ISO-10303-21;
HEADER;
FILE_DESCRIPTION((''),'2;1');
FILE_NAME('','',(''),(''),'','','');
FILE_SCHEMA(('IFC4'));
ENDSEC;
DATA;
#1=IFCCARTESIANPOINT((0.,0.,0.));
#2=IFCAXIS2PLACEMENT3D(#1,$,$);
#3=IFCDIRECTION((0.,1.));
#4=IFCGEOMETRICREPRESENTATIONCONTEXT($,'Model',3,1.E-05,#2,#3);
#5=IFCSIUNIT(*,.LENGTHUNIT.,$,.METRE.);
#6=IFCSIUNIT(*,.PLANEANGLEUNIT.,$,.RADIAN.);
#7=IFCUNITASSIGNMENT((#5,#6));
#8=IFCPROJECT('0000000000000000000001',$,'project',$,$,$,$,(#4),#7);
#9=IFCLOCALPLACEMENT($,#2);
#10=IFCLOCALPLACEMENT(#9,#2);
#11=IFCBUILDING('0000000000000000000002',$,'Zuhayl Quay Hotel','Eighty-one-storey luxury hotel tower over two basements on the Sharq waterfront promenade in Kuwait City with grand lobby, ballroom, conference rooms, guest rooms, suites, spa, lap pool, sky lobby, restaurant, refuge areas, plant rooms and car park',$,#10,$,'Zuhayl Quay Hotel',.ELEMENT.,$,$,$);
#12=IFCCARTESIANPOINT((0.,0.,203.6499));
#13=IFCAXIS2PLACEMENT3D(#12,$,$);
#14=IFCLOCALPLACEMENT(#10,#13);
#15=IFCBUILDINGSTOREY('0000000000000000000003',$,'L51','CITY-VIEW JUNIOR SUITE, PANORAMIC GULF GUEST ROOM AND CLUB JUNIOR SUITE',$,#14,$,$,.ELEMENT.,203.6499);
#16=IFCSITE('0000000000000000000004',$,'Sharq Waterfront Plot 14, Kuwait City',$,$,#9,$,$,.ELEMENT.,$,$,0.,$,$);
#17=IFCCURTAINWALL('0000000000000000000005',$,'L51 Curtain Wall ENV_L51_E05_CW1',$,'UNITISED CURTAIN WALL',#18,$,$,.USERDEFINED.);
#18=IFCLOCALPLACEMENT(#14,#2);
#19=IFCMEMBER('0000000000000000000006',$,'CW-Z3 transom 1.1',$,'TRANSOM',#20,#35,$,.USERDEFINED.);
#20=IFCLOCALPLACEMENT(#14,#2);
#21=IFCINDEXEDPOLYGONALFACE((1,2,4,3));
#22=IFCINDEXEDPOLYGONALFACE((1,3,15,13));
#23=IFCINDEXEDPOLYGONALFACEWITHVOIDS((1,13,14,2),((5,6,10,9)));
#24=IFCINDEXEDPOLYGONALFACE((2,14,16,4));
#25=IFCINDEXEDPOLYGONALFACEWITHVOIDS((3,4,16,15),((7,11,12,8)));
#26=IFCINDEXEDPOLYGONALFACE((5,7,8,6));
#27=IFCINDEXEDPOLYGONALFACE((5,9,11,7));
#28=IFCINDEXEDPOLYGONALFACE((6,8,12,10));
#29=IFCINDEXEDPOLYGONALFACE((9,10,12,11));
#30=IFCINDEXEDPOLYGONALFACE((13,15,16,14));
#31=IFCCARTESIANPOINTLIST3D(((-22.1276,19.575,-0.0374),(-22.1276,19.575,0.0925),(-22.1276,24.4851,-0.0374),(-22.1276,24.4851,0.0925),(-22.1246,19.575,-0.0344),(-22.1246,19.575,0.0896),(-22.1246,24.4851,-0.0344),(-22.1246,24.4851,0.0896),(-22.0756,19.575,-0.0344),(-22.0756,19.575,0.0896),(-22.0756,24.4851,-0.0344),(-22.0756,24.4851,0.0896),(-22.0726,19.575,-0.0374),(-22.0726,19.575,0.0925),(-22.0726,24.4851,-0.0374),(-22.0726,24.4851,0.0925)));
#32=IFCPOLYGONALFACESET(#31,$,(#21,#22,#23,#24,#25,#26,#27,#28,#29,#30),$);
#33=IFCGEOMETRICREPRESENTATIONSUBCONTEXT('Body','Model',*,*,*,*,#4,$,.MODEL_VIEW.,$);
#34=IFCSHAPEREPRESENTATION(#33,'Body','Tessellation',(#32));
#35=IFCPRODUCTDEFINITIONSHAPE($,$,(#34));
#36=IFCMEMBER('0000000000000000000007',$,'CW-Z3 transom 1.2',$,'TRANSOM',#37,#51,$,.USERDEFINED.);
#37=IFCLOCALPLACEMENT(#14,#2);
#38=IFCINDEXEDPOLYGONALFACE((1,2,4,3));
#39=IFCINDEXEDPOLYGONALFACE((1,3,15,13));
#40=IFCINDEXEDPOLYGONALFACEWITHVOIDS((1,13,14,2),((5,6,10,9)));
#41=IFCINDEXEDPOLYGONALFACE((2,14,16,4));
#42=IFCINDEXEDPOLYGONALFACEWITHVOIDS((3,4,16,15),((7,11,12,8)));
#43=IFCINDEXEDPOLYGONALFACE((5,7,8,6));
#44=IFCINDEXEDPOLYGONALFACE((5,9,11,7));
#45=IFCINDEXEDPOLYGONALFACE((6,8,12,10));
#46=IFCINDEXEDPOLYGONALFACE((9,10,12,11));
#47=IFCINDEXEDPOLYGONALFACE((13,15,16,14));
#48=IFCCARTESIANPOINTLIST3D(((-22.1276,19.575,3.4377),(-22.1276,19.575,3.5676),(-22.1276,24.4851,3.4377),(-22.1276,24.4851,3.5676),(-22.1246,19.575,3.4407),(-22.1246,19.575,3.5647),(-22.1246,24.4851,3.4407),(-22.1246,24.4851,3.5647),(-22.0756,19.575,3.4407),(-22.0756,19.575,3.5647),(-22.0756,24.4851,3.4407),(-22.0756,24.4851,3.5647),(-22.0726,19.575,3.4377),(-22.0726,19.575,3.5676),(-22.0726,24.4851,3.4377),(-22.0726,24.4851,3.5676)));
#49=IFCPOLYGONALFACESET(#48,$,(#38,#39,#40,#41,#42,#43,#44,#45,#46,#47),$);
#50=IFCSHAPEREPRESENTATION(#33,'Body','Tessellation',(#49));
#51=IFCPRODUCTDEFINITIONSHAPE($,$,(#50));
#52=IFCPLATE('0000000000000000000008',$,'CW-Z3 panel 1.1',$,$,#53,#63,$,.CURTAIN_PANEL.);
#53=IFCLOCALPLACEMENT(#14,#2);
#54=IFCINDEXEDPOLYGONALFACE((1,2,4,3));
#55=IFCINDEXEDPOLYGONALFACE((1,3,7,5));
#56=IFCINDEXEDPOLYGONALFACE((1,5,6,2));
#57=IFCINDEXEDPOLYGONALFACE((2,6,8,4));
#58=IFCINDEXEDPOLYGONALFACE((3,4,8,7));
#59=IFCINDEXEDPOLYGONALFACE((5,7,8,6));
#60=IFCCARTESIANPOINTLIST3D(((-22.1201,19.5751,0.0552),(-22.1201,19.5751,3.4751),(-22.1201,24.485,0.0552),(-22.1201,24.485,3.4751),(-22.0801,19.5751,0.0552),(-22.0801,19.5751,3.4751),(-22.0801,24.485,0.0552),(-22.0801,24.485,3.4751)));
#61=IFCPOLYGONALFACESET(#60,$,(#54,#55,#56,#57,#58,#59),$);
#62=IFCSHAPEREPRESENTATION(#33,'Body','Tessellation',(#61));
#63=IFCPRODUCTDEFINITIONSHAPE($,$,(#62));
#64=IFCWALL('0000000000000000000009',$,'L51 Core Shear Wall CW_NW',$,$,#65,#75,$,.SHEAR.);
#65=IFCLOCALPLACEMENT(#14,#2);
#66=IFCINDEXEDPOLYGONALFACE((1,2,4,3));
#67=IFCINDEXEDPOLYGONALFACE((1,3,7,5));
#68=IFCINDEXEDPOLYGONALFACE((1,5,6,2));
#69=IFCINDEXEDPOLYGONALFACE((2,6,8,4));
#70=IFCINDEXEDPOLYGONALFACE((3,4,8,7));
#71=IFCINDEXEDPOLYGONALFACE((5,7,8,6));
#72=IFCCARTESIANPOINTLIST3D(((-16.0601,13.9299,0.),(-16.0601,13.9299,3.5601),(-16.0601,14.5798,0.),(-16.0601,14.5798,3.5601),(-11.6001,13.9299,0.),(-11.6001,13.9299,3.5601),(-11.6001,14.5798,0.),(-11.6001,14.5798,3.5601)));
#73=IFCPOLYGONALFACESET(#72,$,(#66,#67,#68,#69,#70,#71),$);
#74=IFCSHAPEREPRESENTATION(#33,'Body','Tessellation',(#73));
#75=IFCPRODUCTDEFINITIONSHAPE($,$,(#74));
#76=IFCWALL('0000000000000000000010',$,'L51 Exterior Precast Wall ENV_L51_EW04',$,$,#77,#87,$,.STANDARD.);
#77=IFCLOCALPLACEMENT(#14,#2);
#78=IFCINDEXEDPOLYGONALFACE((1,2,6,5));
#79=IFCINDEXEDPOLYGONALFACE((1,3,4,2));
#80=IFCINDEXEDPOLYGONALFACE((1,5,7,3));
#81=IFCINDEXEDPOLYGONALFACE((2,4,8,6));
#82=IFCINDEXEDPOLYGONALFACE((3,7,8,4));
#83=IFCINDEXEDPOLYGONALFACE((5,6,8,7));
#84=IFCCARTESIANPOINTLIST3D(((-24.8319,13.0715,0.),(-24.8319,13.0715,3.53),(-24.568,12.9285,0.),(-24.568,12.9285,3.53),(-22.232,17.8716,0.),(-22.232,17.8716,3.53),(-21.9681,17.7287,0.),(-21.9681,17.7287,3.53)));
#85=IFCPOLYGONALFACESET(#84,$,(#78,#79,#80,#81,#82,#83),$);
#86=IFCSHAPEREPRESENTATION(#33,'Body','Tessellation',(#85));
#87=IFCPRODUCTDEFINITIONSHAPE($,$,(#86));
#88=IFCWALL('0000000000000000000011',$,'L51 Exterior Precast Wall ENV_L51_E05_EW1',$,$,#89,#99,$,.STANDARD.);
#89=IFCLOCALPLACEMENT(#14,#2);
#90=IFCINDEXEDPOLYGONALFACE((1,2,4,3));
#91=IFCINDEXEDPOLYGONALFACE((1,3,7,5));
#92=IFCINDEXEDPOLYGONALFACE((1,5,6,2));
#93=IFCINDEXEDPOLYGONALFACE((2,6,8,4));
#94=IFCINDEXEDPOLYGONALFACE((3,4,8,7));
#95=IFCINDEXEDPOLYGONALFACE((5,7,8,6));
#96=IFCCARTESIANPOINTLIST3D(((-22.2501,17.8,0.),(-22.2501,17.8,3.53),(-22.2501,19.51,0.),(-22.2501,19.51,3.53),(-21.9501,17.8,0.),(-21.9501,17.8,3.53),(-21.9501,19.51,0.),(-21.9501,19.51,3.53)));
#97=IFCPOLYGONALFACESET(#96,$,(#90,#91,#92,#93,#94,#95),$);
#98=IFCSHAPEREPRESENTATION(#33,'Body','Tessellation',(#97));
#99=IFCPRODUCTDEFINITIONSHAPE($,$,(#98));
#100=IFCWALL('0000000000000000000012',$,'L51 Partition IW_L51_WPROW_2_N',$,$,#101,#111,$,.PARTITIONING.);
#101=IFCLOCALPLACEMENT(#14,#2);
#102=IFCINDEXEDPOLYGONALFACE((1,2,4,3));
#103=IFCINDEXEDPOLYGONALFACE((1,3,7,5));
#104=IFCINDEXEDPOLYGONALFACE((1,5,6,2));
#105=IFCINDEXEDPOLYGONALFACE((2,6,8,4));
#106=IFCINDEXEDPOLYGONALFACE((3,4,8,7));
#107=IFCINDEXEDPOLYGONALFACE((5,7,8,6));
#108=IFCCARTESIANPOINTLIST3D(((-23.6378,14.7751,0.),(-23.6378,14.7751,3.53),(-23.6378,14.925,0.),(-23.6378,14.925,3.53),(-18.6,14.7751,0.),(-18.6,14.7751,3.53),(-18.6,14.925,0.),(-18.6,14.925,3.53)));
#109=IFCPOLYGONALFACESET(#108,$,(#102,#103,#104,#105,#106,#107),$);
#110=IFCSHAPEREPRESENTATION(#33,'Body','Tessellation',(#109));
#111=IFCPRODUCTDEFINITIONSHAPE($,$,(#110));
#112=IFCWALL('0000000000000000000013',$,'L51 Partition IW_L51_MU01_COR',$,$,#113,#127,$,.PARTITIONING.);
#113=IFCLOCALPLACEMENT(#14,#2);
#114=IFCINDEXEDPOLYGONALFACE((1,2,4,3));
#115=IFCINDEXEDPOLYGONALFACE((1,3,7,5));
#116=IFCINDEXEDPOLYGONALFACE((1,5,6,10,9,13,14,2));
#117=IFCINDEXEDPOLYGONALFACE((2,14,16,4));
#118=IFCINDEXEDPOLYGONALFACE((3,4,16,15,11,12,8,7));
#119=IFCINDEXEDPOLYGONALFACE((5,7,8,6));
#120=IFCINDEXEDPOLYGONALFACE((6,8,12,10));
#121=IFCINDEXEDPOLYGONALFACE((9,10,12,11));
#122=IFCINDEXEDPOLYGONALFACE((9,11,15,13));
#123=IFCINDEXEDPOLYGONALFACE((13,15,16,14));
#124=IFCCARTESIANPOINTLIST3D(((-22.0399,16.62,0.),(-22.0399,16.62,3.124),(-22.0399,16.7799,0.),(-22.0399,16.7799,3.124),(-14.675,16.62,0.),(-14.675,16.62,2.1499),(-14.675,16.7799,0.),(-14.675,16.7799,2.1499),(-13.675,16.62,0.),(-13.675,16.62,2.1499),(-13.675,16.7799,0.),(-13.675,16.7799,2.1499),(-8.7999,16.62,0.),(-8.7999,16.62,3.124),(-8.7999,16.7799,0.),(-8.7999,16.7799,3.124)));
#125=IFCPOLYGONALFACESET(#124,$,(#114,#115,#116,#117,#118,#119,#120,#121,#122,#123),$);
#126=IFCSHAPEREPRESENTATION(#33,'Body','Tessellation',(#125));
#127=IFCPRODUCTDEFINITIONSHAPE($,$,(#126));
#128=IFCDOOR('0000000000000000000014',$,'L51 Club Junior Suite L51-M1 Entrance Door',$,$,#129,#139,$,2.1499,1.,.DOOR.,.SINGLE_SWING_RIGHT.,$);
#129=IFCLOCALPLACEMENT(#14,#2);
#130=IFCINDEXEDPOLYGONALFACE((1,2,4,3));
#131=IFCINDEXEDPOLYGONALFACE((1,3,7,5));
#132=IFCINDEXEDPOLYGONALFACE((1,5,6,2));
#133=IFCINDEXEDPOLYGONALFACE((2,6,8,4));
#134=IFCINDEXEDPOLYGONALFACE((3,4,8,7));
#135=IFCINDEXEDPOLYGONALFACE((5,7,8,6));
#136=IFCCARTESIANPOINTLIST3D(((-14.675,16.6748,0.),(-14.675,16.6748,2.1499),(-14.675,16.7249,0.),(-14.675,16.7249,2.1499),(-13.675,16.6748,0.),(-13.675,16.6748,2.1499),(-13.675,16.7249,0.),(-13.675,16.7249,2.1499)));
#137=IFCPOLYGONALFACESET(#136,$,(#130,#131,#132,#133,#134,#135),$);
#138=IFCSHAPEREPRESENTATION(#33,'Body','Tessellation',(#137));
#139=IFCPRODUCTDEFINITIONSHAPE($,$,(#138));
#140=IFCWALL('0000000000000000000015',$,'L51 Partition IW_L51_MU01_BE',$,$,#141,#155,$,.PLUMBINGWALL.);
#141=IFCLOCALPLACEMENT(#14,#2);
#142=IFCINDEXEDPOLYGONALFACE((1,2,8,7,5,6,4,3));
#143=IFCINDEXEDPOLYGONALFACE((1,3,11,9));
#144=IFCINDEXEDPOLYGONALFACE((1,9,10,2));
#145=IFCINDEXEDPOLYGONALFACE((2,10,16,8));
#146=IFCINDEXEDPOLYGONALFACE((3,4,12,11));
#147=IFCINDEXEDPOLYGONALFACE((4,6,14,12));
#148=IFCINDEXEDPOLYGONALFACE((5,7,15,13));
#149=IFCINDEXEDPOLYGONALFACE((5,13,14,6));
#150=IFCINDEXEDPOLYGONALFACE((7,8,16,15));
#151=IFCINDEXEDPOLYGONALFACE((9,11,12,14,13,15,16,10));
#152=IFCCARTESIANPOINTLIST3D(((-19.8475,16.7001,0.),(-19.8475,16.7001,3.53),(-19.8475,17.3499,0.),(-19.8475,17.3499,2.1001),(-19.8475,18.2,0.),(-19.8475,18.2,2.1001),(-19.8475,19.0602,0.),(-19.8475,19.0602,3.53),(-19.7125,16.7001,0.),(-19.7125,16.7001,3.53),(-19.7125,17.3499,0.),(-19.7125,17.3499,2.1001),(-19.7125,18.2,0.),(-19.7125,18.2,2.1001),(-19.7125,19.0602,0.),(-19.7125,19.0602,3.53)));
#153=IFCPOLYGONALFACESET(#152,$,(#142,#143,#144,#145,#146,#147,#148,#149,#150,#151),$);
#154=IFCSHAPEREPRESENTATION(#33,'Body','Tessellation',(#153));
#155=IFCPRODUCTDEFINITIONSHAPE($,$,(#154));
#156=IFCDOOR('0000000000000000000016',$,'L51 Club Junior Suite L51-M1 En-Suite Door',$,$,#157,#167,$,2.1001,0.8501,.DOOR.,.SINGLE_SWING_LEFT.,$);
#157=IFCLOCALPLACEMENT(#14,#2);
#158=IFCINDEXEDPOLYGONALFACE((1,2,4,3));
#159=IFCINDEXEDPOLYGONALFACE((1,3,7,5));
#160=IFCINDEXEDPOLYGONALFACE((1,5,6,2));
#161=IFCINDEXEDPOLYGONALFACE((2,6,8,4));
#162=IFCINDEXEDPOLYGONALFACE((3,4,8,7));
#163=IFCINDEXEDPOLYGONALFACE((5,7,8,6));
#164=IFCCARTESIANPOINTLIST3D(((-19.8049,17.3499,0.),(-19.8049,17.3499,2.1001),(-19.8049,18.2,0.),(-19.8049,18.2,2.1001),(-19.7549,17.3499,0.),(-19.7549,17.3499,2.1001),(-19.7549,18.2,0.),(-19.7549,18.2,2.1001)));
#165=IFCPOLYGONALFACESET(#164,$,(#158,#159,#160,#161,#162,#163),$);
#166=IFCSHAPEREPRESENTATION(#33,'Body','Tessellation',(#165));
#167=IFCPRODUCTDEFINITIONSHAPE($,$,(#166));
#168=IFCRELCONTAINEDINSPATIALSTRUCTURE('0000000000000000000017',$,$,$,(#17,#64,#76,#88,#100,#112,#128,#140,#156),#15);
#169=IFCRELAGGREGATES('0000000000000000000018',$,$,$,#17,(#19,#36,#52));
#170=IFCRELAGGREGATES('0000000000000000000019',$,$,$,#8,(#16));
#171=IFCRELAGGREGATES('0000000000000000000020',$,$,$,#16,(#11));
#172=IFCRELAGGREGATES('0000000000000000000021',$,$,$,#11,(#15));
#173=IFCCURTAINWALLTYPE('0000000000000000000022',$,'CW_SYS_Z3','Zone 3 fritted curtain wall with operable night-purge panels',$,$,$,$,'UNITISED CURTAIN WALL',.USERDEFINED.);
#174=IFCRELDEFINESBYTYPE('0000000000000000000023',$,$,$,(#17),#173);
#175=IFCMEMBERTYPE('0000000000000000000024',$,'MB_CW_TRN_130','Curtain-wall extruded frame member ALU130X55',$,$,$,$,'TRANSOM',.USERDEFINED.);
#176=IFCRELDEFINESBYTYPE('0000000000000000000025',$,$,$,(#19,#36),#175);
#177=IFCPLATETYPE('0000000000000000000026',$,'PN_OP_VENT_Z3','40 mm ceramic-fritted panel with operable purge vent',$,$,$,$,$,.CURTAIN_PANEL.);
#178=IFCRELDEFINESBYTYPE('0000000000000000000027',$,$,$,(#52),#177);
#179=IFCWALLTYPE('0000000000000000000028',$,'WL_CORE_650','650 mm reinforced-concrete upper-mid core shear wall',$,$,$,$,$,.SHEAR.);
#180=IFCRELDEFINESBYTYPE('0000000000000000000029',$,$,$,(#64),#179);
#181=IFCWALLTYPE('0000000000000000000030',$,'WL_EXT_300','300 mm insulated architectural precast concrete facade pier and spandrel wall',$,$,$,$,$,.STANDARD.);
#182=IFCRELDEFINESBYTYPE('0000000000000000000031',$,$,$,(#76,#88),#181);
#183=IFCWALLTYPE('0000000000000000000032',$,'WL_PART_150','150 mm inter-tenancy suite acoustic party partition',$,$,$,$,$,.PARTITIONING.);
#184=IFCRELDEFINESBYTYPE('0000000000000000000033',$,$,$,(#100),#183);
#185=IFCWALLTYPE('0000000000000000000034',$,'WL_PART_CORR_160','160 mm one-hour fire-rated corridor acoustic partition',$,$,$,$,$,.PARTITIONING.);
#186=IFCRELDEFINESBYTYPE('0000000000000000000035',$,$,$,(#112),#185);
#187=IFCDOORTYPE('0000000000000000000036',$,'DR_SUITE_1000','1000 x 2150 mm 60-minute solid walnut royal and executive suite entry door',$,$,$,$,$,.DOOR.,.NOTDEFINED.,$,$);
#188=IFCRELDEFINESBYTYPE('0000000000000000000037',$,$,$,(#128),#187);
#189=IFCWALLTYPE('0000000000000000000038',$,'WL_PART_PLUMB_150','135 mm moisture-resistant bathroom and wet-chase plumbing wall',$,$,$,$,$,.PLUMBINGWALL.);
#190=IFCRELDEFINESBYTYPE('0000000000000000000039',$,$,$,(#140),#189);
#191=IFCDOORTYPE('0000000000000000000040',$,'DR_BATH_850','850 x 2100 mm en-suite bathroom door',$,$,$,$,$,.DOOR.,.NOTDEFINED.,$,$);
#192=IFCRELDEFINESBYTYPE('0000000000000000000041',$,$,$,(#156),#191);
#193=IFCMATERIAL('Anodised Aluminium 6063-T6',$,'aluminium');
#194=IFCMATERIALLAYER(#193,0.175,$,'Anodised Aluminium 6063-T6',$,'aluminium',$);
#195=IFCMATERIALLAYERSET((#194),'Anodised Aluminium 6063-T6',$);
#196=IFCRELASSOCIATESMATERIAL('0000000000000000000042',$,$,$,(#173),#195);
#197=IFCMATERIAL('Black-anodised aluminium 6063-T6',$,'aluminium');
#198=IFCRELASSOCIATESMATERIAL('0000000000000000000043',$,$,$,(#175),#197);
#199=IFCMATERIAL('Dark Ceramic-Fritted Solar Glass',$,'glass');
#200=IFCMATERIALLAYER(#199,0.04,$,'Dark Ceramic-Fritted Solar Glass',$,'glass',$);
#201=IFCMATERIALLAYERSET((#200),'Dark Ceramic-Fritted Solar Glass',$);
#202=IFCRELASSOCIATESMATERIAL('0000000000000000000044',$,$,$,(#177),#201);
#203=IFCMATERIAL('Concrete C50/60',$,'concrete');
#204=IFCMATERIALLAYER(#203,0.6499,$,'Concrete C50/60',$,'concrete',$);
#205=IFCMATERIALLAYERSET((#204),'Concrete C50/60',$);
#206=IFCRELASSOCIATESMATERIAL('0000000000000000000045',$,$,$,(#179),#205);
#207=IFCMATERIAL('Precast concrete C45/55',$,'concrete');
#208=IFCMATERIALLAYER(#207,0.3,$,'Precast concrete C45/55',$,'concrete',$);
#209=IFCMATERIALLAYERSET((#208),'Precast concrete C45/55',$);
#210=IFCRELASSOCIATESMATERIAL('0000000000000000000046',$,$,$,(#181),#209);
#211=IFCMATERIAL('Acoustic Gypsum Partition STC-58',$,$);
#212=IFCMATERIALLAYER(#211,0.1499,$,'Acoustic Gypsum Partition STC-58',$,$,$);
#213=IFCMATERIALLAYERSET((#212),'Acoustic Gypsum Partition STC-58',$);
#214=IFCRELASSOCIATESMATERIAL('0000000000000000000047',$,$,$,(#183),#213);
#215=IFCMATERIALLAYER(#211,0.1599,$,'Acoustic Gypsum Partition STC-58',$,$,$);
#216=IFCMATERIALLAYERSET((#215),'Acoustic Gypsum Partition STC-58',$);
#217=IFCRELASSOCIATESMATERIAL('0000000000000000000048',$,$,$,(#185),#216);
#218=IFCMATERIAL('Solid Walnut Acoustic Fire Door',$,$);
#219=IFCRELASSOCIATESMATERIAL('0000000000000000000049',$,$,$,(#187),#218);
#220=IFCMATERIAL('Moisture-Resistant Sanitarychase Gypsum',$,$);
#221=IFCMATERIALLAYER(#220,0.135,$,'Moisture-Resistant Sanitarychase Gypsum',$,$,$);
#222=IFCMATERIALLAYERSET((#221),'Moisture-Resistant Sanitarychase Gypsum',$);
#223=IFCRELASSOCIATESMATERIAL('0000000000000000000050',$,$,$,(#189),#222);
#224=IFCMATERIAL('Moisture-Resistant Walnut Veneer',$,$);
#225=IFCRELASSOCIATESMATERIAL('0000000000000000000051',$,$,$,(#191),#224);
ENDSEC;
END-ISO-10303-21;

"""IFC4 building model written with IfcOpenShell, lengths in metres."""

from ifc_helpers import new_model, si_unit, direction, frame, frame_2d, origin, origin_2d, place, context, subcontext, project, spatial, rectangle, hollow_rectangle, extrude, material, layer, layer_set, material_profile, profile_set, type_object, element, fill, aggregate, save


model = new_model("IFC4")

# Units and contexts
model_context = context("Model", 3, precision=1e-05, world=origin(), true_north=direction((0.0, 1.0)))
body_context = subcontext(model_context, "Body", "Model", "MODEL_VIEW")
ifc_project = project(units=[si_unit("LENGTHUNIT", "METRE"), si_unit("PLANEANGLEUNIT", "RADIAN")], contexts=[model_context])

# Site, building, storey
site_placement = place(None, origin())
site = spatial("IfcSite", under=ifc_project, at=site_placement, Name="Sharq Waterfront Plot 14, Kuwait City", CompositionType="ELEMENT", RefElevation=0.0)
building_placement = place(site_placement, origin())
building = spatial("IfcBuilding", under=site, at=building_placement, Name="Zuhayl Quay Hotel", Description="Eighty-one-storey luxury hotel tower over two basements on the Sharq waterfront promenade in Kuwait City with grand lobby, ballroom, conference rooms, guest rooms, suites, spa, lap pool, sky lobby, restaurant, refuge areas, plant rooms and car park", LongName="Zuhayl Quay Hotel", CompositionType="ELEMENT")
storey_placement = place(building_placement, frame((0.0, 0.0, 203.6499)))
storey = spatial("IfcBuildingStorey", under=building, at=storey_placement, Name="L51", Description="CITY-VIEW JUNIOR SUITE, PANORAMIC GULF GUEST ROOM AND CLUB JUNIOR SUITE", CompositionType="ELEMENT", Elevation=203.6499)

# Curtain wall, members, plate
ifc_material_1 = material(Name="Anodised Aluminium 6063-T6", Category="aluminium")
ifc_layer_1 = layer(ifc_material_1, 0.175, Name="Anodised Aluminium 6063-T6", Category="aluminium")
ifc_layer_set_1 = layer_set([ifc_layer_1], Name="Anodised Aluminium 6063-T6")
curtain_wall_type = type_object("IfcCurtainWallType", Name="CW_SYS_Z3", Description="Zone 3 fritted curtain wall with operable night-purge panels", ElementType="UNITISED CURTAIN WALL", PredefinedType="USERDEFINED", material=ifc_layer_set_1)
curtain_wall_placement = place(storey_placement, origin())
curtain_wall = element("IfcCurtainWall", 1, at=curtain_wall_placement, inside=storey, type_object=curtain_wall_type, Name="L51 Curtain Wall ENV_L51_E05_CW1", ObjectType="UNITISED CURTAIN WALL", PredefinedType="USERDEFINED")
ifc_material_2 = material(Name="Black-anodised aluminium 6063-T6", Category="aluminium")
ifc_material_profile_1 = material_profile(ifc_material_2, hollow_rectangle(XDim=0.0549, YDim=0.1299, WallThickness=0.0029, at=origin_2d()), Name="ALU130X55")
ifc_profile_set_1 = profile_set([ifc_material_profile_1], Name="Black-anodised aluminium 6063-T6")
member_type_1 = type_object("IfcMemberType", Name="MB_CW_TRN_130", Description="Curtain-wall extruded frame member ALU130X55", ElementType="TRANSOM", PredefinedType="USERDEFINED", material=ifc_profile_set_1)
member_1_placement = place(storey_placement, frame((-22.1001, 19.575, 0.0276), z_axis=(0.0, 1.0, 0.0), x_axis=(-1.0, 0.0, 0.0)))
member_1 = element("IfcMember", 2, at=member_1_placement, type_object=member_type_1, Name="CW-Z3 transom 1.1", ObjectType="TRANSOM", PredefinedType="USERDEFINED", context=body_context, shape_type="SweptSolid", body=[
    extrude(hollow_rectangle(XDim=0.0549, YDim=0.1299, WallThickness=0.0029, at=origin_2d()), origin(), (0.0, 0.0, 1.0), 4.9102),
])
member_2_placement = place(storey_placement, frame((-22.1001, 19.575, 3.5027), z_axis=(0.0, 1.0, 0.0), x_axis=(-1.0, 0.0, 0.0)))
member_2 = element("IfcMember", 3, at=member_2_placement, type_object=member_type_1, Name="CW-Z3 transom 1.2", ObjectType="TRANSOM", PredefinedType="USERDEFINED", context=body_context, shape_type="SweptSolid", body=[
    extrude(hollow_rectangle(XDim=0.0549, YDim=0.1299, WallThickness=0.0029, at=origin_2d()), origin(), (0.0, 0.0, 1.0), 4.9102),
])
ifc_material_3 = material(Name="Dark Ceramic-Fritted Solar Glass", Category="glass")
ifc_layer_2 = layer(ifc_material_3, 0.04, Name="Dark Ceramic-Fritted Solar Glass", Category="glass")
ifc_layer_set_2 = layer_set([ifc_layer_2], Name="Dark Ceramic-Fritted Solar Glass")
plate_type = type_object("IfcPlateType", Name="PN_OP_VENT_Z3", Description="40 mm ceramic-fritted panel with operable purge vent", PredefinedType="CURTAIN_PANEL", material=ifc_layer_set_2)
plate_placement = place(storey_placement, frame((-22.1001, 22.03, 0.0552), z_axis=(0.0, 0.0, 1.0), x_axis=(0.0, 1.0, 0.0)))
plate = element("IfcPlate", 4, at=plate_placement, type_object=plate_type, Name="CW-Z3 panel 1.1", PredefinedType="CURTAIN_PANEL", context=body_context, shape_type="SweptSolid", body=[
    extrude(rectangle(XDim=4.9099, YDim=0.04, at=origin_2d()), origin(), (0.0, 0.0, 1.0), 3.4199),
])
aggregate(curtain_wall, [member_1, member_2, plate])

# Walls
ifc_material_4 = material(Name="Concrete C50/60", Category="concrete")
ifc_layer_3 = layer(ifc_material_4, 0.6499, Name="Concrete C50/60", Category="concrete")
ifc_layer_set_3 = layer_set([ifc_layer_3], Name="Concrete C50/60")
wall_type_1 = type_object("IfcWallType", Name="WL_CORE_650", Description="650 mm reinforced-concrete upper-mid core shear wall", PredefinedType="SHEAR", material=ifc_layer_set_3)
wall_1_placement = place(storey_placement, frame((-16.0601, 14.2549, 0.0), z_axis=(0.0, 0.0, 1.0), x_axis=(1.0, 0.0, 0.0)))
element("IfcWall", 5, at=wall_1_placement, inside=storey, type_object=wall_type_1, Name="L51 Core Shear Wall CW_NW", PredefinedType="SHEAR", context=body_context, shape_type="SweptSolid", body=[
    extrude(rectangle(XDim=4.46, YDim=0.6499, at=frame_2d((2.23, 0.0))), origin(), (0.0, 0.0, 1.0), 3.5601),
])
ifc_material_5 = material(Name="Precast concrete C45/55", Category="concrete")
ifc_layer_4 = layer(ifc_material_5, 0.3, Name="Precast concrete C45/55", Category="concrete")
ifc_layer_set_4 = layer_set([ifc_layer_4], Name="Precast concrete C45/55")
wall_type_2 = type_object("IfcWallType", Name="WL_EXT_300", Description="300 mm insulated architectural precast concrete facade pier and spandrel wall", PredefinedType="STANDARD", material=ifc_layer_set_4)
wall_2_placement = place(storey_placement, frame((-24.7, 13.0, 0.0), z_axis=(0.0, 0.0, 1.0), x_axis=(0.476259, 0.879305, 0.0)))
element("IfcWall", 6, at=wall_2_placement, inside=storey, type_object=wall_type_2, Name="L51 Exterior Precast Wall ENV_L51_EW04", PredefinedType="STANDARD", context=body_context, shape_type="SweptSolid", body=[
    extrude(rectangle(XDim=5.459, YDim=0.3, at=frame_2d((2.7295, 0.0))), origin(), (0.0, 0.0, 1.0), 3.53),
])
wall_3_placement = place(storey_placement, frame((-22.1001, 17.8, 0.0), z_axis=(0.0, 0.0, 1.0), x_axis=(0.0, 1.0, 0.0)))
element("IfcWall", 7, at=wall_3_placement, inside=storey, type_object=wall_type_2, Name="L51 Exterior Precast Wall ENV_L51_E05_EW1", PredefinedType="STANDARD", context=body_context, shape_type="SweptSolid", body=[
    extrude(rectangle(XDim=1.71, YDim=0.3, at=frame_2d((0.855, 0.0))), origin(), (0.0, 0.0, 1.0), 3.53),
])
ifc_material_6 = material(Name="Acoustic Gypsum Partition STC-58")
ifc_layer_5 = layer(ifc_material_6, 0.1499, Name="Acoustic Gypsum Partition STC-58")
ifc_layer_set_5 = layer_set([ifc_layer_5], Name="Acoustic Gypsum Partition STC-58")
wall_type_3 = type_object("IfcWallType", Name="WL_PART_150", Description="150 mm inter-tenancy suite acoustic party partition", PredefinedType="PARTITIONING", material=ifc_layer_set_5)
wall_4_placement = place(storey_placement, frame((-23.6379, 14.8501, 0.0), z_axis=(0.0, 0.0, 1.0), x_axis=(1.0, 0.0, 0.0)))
element("IfcWall", 8, at=wall_4_placement, inside=storey, type_object=wall_type_3, Name="L51 Partition IW_L51_WPROW_2_N", PredefinedType="PARTITIONING", context=body_context, shape_type="SweptSolid", body=[
    extrude(rectangle(XDim=5.0378, YDim=0.1499, at=frame_2d((2.519, 0.0))), origin(), (0.0, 0.0, 1.0), 3.53),
])

# Walls, openings, doors
ifc_layer_6 = layer(ifc_material_6, 0.1599, Name="Acoustic Gypsum Partition STC-58")
ifc_layer_set_6 = layer_set([ifc_layer_6], Name="Acoustic Gypsum Partition STC-58")
wall_type_4 = type_object("IfcWallType", Name="WL_PART_CORR_160", Description="160 mm one-hour fire-rated corridor acoustic partition", PredefinedType="PARTITIONING", material=ifc_layer_set_6)
wall_5_placement = place(storey_placement, frame((-22.04, 16.7, 0.0), z_axis=(0.0, 0.0, 1.0), x_axis=(1.0, 0.0, 0.0)))
wall_5 = element("IfcWall", 9, at=wall_5_placement, inside=storey, type_object=wall_type_4, Name="L51 Partition IW_L51_MU01_COR", PredefinedType="PARTITIONING", context=body_context, shape_type="SweptSolid", body=[
    extrude(rectangle(XDim=13.24, YDim=0.1599, at=frame_2d((6.6201, 0.0))), origin(), (0.0, 0.0, 1.0), 3.124),
])
opening_1_placement = place(wall_5_placement, frame((7.365, 0.0, 0.0)))
opening_1 = element("IfcOpeningElement", 10, at=opening_1_placement, cuts=wall_5, PredefinedType="OPENING", context=body_context, shape_type="SweptSolid", body=[
    extrude(rectangle(XDim=1.0, YDim=2.1499, at=frame_2d((0.5, 1.075))), frame((0.0, 0.0898, 0.0), z_axis=(0.0, -1.0, 0.0), x_axis=(1.0, 0.0, 0.0)), (0.0, 0.0, 1.0), 0.1799),
])
ifc_material_7 = material(Name="Solid Walnut Acoustic Fire Door")
door_type_1 = type_object("IfcDoorType", Name="DR_SUITE_1000", Description="1000 x 2150 mm 60-minute solid walnut royal and executive suite entry door", OperationType="NOTDEFINED", PredefinedType="DOOR", material=ifc_material_7)
door_1_placement = place(opening_1_placement, origin())
door_1 = element("IfcDoor", 11, at=door_1_placement, inside=storey, type_object=door_type_1, Name="L51 Club Junior Suite L51-M1 Entrance Door", OperationType="SINGLE_SWING_RIGHT", OverallHeight=2.1499, OverallWidth=1.0, PredefinedType="DOOR", context=body_context, shape_type="SweptSolid", body=[
    extrude(rectangle(XDim=1.0, YDim=2.1499, at=frame_2d((0.5, 1.075))), frame((0.0, 0.0249, 0.0), z_axis=(0.0, -1.0, 0.0), x_axis=(1.0, 0.0, 0.0)), (0.0, 0.0, 1.0), 0.05),
])
fill(opening_1, door_1)
ifc_material_8 = material(Name="Moisture-Resistant Sanitarychase Gypsum")
ifc_layer_7 = layer(ifc_material_8, 0.135, Name="Moisture-Resistant Sanitarychase Gypsum")
ifc_layer_set_7 = layer_set([ifc_layer_7], Name="Moisture-Resistant Sanitarychase Gypsum")
wall_type_5 = type_object("IfcWallType", Name="WL_PART_PLUMB_150", Description="135 mm moisture-resistant bathroom and wet-chase plumbing wall", PredefinedType="PLUMBINGWALL", material=ifc_layer_set_7)
wall_6_placement = place(storey_placement, frame((-19.78, 16.7, 0.0), z_axis=(0.0, 0.0, 1.0), x_axis=(0.0, 1.0, 0.0)))
wall_6 = element("IfcWall", 12, at=wall_6_placement, inside=storey, type_object=wall_type_5, Name="L51 Partition IW_L51_MU01_BE", PredefinedType="PLUMBINGWALL", context=body_context, shape_type="SweptSolid", body=[
    extrude(rectangle(XDim=2.3601, YDim=0.135, at=frame_2d((1.1802, 0.0))), origin(), (0.0, 0.0, 1.0), 3.53),
])
opening_2_placement = place(wall_6_placement, frame((0.6499, 0.0, 0.0)))
opening_2 = element("IfcOpeningElement", 13, at=opening_2_placement, cuts=wall_6, PredefinedType="OPENING", context=body_context, shape_type="SweptSolid", body=[
    extrude(rectangle(XDim=0.8501, YDim=2.1001, at=frame_2d((0.425, 1.05))), frame((0.0, 0.0774, 0.0), z_axis=(0.0, -1.0, 0.0), x_axis=(1.0, 0.0, 0.0)), (0.0, 0.0, 1.0), 0.155),
])
ifc_material_9 = material(Name="Moisture-Resistant Walnut Veneer")
door_type_2 = type_object("IfcDoorType", Name="DR_BATH_850", Description="850 x 2100 mm en-suite bathroom door", OperationType="NOTDEFINED", PredefinedType="DOOR", material=ifc_material_9)
door_2_placement = place(opening_2_placement, origin())
door_2 = element("IfcDoor", 14, at=door_2_placement, inside=storey, type_object=door_type_2, Name="L51 Club Junior Suite L51-M1 En-Suite Door", OperationType="SINGLE_SWING_LEFT", OverallHeight=2.1001, OverallWidth=0.8501, PredefinedType="DOOR", context=body_context, shape_type="SweptSolid", body=[
    extrude(rectangle(XDim=0.8501, YDim=2.1001, at=frame_2d((0.425, 1.05))), frame((0.0, 0.0249, 0.0), z_axis=(0.0, -1.0, 0.0), x_axis=(1.0, 0.0, 0.0)), (0.0, 0.0, 1.0), 0.05),
])
fill(opening_2, door_2)

save(model, "model.ifc")
